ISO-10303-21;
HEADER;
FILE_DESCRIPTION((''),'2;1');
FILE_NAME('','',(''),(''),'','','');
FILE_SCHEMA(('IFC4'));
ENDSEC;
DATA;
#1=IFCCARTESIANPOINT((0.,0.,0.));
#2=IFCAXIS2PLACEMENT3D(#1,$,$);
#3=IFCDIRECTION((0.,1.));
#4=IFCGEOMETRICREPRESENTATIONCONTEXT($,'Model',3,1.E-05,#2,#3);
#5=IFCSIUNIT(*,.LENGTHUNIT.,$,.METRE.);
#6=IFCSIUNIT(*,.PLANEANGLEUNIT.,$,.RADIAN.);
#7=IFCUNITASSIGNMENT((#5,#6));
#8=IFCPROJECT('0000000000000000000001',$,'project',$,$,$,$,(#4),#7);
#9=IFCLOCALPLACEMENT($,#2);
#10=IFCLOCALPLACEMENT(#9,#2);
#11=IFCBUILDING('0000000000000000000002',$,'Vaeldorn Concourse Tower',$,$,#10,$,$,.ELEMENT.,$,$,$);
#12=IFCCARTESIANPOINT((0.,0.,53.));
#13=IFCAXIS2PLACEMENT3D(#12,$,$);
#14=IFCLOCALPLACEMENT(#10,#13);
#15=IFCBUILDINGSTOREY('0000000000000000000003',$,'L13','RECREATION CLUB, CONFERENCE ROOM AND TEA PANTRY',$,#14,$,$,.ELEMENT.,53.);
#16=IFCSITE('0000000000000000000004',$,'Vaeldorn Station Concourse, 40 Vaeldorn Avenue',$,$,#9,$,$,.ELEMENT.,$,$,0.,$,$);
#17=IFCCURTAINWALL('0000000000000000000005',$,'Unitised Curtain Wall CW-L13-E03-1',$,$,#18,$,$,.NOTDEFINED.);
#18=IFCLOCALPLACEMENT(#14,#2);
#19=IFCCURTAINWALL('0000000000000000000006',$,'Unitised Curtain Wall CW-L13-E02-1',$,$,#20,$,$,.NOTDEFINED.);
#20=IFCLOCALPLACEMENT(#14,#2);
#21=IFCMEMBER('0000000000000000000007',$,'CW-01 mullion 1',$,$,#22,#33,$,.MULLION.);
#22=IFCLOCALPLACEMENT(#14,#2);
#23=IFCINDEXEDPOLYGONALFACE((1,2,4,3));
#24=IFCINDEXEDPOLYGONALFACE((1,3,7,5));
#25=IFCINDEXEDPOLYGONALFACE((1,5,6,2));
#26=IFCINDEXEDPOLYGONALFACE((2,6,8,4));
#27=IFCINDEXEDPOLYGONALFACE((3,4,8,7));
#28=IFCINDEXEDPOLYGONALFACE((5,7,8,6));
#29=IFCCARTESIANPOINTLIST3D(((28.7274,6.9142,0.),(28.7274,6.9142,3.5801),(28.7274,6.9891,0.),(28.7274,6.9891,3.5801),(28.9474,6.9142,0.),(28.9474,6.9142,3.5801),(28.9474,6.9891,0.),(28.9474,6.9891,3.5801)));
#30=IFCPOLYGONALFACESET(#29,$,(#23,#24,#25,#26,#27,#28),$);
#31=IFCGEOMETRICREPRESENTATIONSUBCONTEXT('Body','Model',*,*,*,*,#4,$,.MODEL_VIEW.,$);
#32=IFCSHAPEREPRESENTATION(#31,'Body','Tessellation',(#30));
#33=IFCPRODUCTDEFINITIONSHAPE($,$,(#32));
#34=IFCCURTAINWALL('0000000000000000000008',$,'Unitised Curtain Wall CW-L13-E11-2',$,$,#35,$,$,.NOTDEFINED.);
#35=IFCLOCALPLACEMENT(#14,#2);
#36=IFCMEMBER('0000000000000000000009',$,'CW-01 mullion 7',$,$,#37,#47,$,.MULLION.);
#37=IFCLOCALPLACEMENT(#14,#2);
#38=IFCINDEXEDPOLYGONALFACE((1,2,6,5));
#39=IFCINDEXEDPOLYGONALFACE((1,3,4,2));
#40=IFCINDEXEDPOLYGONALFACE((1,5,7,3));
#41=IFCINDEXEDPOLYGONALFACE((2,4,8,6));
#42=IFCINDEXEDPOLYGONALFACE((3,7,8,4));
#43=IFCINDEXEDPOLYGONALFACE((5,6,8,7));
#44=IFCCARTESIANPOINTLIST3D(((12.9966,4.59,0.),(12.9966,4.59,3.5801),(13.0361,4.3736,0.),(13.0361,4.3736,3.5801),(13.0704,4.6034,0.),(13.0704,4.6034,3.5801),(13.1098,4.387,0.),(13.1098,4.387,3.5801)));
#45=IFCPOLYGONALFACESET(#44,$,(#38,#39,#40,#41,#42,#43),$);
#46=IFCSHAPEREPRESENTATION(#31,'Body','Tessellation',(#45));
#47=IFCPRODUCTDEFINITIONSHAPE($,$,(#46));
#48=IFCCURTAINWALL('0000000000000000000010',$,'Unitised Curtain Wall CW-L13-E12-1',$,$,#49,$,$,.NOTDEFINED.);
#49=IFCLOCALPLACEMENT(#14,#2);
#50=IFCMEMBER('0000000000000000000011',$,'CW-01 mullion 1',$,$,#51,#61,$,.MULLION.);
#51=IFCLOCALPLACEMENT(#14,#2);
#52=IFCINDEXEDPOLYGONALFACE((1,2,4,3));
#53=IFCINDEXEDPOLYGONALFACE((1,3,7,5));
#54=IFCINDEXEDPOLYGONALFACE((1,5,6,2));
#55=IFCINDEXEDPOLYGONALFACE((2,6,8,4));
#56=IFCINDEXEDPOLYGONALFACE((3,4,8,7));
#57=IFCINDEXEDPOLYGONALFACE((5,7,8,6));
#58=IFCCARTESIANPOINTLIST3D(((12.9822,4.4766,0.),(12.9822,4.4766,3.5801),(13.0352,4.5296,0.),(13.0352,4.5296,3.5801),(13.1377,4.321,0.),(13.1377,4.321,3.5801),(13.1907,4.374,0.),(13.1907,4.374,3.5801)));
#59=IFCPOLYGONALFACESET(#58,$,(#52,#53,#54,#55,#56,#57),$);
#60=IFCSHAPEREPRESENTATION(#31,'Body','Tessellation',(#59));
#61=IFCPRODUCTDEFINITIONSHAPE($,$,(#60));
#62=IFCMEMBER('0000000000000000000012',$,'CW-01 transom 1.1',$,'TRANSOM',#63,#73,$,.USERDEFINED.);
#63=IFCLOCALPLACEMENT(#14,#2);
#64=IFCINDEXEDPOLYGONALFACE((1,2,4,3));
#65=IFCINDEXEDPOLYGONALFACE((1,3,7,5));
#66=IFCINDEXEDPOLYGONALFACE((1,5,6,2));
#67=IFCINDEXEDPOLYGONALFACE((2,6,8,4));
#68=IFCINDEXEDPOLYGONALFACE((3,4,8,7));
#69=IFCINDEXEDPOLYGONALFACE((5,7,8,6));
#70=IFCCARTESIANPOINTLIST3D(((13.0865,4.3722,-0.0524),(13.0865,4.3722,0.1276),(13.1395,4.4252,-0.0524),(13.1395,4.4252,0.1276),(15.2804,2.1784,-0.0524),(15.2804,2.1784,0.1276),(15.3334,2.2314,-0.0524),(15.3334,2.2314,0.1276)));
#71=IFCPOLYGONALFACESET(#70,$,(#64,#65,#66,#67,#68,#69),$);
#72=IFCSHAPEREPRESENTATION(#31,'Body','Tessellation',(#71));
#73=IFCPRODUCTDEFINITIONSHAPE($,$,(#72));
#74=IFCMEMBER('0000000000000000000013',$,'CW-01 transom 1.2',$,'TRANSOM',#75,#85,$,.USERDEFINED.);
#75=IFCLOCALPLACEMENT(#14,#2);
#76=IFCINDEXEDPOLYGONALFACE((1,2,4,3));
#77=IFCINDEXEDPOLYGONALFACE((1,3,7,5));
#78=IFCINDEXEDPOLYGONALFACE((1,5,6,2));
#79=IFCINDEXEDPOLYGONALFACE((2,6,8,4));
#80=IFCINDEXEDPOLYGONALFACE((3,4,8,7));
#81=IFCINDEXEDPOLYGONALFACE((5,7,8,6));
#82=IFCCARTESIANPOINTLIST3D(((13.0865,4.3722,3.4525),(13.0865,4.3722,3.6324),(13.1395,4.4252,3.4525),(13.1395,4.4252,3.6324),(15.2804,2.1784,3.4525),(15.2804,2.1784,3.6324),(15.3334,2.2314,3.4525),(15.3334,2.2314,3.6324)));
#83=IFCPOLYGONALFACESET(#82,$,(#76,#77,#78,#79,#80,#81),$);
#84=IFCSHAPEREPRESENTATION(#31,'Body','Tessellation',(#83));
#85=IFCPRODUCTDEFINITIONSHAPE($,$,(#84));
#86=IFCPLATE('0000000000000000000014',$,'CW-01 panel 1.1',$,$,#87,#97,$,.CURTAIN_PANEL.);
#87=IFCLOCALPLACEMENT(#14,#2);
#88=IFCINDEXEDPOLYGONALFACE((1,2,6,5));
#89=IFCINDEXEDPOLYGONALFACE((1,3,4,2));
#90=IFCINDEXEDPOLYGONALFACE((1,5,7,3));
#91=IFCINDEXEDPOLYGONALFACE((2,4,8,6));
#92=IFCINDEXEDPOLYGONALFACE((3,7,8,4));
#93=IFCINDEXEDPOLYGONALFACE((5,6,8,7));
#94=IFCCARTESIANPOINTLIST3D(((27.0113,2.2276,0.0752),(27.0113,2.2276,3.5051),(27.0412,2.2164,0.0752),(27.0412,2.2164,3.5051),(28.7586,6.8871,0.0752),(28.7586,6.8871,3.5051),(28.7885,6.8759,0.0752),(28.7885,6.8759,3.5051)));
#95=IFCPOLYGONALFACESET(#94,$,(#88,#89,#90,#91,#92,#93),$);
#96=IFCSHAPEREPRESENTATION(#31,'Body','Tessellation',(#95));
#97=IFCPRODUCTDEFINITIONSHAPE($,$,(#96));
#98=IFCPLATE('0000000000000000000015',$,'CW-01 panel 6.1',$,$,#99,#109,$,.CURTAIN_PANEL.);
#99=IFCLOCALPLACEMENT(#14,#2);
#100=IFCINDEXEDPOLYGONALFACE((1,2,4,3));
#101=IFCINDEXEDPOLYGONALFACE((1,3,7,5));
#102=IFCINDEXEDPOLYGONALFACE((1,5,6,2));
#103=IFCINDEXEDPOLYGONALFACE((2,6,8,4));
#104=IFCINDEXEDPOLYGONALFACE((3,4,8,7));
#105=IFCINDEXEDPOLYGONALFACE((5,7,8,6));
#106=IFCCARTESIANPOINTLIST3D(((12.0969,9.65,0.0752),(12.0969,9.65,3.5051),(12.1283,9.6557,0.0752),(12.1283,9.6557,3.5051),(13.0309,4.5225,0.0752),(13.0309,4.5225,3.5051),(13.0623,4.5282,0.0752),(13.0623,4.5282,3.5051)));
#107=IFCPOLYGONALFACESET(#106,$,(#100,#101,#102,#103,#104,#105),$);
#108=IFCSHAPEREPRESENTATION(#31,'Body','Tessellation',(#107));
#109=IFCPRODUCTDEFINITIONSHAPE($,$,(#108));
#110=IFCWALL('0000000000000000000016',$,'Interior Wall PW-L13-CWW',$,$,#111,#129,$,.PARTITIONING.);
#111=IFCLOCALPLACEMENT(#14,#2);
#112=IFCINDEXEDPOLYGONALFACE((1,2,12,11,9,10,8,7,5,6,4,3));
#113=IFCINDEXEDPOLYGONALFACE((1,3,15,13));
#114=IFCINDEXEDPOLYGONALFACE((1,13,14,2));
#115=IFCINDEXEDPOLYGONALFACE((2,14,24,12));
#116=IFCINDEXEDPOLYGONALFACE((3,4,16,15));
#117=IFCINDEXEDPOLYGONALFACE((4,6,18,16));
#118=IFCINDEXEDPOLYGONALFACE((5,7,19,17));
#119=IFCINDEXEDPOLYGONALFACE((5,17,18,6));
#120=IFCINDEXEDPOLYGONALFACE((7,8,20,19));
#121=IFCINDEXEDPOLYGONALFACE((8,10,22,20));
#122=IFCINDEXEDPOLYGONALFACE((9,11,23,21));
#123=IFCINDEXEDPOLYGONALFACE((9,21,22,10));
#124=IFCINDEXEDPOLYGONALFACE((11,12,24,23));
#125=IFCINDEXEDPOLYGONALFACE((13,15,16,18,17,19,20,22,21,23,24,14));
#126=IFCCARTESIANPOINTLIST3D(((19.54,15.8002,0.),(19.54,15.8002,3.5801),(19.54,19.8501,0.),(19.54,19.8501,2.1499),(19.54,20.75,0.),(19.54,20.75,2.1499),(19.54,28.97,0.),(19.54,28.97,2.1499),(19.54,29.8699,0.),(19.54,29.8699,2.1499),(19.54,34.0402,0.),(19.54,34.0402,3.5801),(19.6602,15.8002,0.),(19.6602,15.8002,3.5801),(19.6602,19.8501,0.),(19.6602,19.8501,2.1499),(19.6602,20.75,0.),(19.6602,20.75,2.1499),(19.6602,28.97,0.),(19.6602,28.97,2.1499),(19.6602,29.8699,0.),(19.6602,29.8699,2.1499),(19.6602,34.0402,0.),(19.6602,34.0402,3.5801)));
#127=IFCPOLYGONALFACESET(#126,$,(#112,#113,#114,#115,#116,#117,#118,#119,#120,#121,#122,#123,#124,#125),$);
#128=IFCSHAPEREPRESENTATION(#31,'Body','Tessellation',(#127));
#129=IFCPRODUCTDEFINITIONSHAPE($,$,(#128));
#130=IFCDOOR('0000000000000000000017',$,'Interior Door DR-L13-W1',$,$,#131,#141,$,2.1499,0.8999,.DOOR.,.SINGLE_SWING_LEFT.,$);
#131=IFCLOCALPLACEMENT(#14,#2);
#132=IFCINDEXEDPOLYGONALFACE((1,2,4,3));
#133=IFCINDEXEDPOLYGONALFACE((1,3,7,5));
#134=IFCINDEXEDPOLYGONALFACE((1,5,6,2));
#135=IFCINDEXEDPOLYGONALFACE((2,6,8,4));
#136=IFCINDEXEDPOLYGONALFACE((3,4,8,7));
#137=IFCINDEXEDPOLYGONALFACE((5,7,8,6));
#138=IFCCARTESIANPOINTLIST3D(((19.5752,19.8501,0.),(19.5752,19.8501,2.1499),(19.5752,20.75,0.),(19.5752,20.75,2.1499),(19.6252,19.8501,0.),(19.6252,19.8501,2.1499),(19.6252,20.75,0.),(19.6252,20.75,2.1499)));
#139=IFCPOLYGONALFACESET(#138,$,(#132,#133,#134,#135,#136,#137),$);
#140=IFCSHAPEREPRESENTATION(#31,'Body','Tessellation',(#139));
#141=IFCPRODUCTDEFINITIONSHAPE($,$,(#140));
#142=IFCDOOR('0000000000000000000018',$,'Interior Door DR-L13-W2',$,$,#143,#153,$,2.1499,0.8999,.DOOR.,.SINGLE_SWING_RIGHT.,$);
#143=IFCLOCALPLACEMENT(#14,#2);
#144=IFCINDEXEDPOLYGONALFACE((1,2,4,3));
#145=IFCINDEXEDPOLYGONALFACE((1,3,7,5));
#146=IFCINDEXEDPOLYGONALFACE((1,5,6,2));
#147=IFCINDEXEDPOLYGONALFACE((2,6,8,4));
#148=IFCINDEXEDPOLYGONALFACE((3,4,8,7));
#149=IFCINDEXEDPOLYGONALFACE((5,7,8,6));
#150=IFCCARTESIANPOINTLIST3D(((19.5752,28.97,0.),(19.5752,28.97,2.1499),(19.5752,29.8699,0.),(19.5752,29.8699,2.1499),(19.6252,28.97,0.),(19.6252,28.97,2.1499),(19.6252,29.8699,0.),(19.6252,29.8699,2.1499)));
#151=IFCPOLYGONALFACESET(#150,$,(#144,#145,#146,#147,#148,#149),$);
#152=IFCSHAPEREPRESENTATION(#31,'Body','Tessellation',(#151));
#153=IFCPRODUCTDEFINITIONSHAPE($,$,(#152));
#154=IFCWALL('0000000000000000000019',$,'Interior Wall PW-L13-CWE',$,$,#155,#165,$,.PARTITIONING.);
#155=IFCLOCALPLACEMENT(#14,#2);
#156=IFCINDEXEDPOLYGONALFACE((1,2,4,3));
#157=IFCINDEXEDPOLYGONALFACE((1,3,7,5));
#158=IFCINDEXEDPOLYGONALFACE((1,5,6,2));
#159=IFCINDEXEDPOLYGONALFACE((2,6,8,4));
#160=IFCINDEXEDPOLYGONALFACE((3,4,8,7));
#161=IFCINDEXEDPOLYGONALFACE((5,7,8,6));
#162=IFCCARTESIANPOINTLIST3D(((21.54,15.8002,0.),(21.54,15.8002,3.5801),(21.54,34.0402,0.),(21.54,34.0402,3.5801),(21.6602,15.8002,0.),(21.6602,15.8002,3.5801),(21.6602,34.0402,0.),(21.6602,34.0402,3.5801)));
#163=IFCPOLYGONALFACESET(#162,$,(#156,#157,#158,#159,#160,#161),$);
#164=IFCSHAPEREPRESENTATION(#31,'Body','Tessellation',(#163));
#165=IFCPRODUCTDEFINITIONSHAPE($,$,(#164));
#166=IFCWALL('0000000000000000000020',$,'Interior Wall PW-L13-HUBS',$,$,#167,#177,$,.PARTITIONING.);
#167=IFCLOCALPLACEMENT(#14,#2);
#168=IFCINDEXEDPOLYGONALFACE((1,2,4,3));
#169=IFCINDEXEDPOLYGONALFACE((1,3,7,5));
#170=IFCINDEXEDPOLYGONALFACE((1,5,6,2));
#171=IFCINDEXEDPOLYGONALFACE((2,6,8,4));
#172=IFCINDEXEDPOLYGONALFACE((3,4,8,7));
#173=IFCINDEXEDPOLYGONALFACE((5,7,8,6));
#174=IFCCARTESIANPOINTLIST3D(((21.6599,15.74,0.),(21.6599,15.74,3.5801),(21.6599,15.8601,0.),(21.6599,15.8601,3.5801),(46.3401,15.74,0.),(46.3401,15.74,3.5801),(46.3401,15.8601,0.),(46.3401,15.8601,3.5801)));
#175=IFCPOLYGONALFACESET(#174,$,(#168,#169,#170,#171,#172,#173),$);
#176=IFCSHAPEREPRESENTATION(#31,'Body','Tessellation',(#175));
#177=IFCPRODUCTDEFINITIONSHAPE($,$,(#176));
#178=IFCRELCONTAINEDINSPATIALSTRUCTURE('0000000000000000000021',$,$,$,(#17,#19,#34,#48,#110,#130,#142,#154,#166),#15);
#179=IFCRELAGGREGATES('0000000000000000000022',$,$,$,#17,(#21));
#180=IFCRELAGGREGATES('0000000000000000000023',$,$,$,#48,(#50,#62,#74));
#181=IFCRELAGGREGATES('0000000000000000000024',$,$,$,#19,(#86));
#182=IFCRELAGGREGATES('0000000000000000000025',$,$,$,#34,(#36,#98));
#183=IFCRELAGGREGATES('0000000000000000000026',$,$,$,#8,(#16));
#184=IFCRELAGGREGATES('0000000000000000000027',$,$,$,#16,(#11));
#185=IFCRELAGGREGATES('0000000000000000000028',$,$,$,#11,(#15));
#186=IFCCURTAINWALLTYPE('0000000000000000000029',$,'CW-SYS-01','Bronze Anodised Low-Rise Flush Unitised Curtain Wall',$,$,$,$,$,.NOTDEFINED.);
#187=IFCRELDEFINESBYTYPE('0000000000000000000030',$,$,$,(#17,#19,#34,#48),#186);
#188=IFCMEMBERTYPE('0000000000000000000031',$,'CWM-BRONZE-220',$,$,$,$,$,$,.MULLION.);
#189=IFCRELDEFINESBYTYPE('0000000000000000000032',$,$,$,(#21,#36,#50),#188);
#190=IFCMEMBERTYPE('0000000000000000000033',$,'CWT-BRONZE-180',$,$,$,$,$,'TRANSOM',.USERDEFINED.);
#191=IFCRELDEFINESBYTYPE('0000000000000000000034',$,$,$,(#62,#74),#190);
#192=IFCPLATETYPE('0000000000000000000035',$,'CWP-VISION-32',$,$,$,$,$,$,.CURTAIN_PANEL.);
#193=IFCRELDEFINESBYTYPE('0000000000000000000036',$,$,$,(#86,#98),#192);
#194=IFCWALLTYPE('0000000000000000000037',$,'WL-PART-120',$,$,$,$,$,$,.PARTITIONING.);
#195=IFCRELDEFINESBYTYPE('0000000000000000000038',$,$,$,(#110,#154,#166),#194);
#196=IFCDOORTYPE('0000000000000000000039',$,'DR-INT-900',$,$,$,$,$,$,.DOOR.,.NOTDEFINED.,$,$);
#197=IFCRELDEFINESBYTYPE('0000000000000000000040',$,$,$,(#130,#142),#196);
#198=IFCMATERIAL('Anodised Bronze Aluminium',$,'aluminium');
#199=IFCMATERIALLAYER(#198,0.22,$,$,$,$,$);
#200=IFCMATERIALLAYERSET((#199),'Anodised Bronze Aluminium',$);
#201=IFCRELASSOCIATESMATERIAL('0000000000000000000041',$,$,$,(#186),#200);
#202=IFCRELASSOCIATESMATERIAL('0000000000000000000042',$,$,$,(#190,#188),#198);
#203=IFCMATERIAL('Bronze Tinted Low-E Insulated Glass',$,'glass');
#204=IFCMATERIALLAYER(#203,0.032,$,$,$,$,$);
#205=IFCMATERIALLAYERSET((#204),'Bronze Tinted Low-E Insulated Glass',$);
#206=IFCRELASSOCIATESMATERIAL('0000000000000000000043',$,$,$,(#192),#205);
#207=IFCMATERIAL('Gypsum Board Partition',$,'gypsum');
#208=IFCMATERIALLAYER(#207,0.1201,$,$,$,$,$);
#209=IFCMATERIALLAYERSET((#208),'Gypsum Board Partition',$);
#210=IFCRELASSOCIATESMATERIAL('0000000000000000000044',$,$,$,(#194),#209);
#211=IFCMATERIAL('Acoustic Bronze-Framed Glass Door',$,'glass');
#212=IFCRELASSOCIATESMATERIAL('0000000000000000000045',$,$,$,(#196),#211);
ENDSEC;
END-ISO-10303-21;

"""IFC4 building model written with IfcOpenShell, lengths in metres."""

from ifc_helpers import new_model, si_unit, direction, frame, frame_2d, origin, origin_2d, place, context, subcontext, project, spatial, rectangle, extrude, source, transform, mapped, material, layer, layer_set, material_profile, profile_set, type_object, element, fill, aggregate, save


model = new_model("IFC4")

# Units and contexts
model_context = context("Model", 3, precision=1e-05, world=origin(), true_north=direction((0.0, 1.0)))
body_context = subcontext(model_context, "Body", "Model", "MODEL_VIEW")
ifc_project = project(units=[si_unit("LENGTHUNIT", "METRE"), si_unit("PLANEANGLEUNIT", "RADIAN")], contexts=[model_context])

# Site, building, storey
site_placement = place(None, origin())
site = spatial("IfcSite", under=ifc_project, at=site_placement, Name="Vaeldorn Station Concourse, 40 Vaeldorn Avenue", CompositionType="ELEMENT", RefElevation=0.0)
building_placement = place(site_placement, origin())
building = spatial("IfcBuilding", under=site, at=building_placement, Name="Vaeldorn Concourse Tower", CompositionType="ELEMENT")
storey_placement = place(building_placement, frame((0.0, 0.0, 53.0)))
storey = spatial("IfcBuildingStorey", under=building, at=storey_placement, Name="L13", Description="RECREATION CLUB, CONFERENCE ROOM AND TEA PANTRY", CompositionType="ELEMENT", Elevation=53.0)

# Curtain wall
ifc_material_1 = material(Name="Anodised Bronze Aluminium", Category="aluminium")
ifc_layer_1 = layer(ifc_material_1, 0.22)
ifc_layer_set_1 = layer_set([ifc_layer_1], Name="Anodised Bronze Aluminium")
curtain_wall_type = type_object("IfcCurtainWallType", Name="CW-SYS-01", Description="Bronze Anodised Low-Rise Flush Unitised Curtain Wall", PredefinedType="NOTDEFINED", material=ifc_layer_set_1)
curtain_wall_1_placement = place(storey_placement, origin())
curtain_wall_1 = element("IfcCurtainWall", 1, at=curtain_wall_1_placement, inside=storey, type_object=curtain_wall_type, Name="Unitised Curtain Wall CW-L13-E03-1", PredefinedType="NOTDEFINED")
ifc_material_profile_1 = material_profile(ifc_material_1, rectangle(XDim=0.075, YDim=0.1799, at=origin_2d()), Name="CWT 75x180")
ifc_profile_set_1 = profile_set([ifc_material_profile_1], Name="Anodised Bronze Aluminium")
member_type_1 = type_object("IfcMemberType", Name="CWT-BRONZE-180", ElementType="TRANSOM", PredefinedType="USERDEFINED", material=ifc_profile_set_1)

# Curtain wall
curtain_wall_2_placement = place(storey_placement, origin())
curtain_wall_2 = element("IfcCurtainWall", 2, at=curtain_wall_2_placement, inside=storey, type_object=curtain_wall_type, Name="Unitised Curtain Wall CW-L13-E02-1", PredefinedType="NOTDEFINED")
ifc_material_profile_2 = material_profile(ifc_material_1, rectangle(XDim=0.075, YDim=0.22, at=origin_2d()), Name="CWM 75x220")
ifc_profile_set_2 = profile_set([ifc_material_profile_2], Name="Anodised Bronze Aluminium")
member_type_2 = type_object("IfcMemberType", Name="CWM-BRONZE-220", PredefinedType="MULLION", material=ifc_profile_set_2)
shared_shape_1 = source(origin(), body_context, "Body", "SweptSolid", [
    extrude(rectangle(XDim=0.075, YDim=0.22, at=origin_2d()), origin(), (0.0, 0.0, 1.0), 3.5801),
])

# Member
member_1_placement = place(storey_placement, frame((28.8374, 6.9517, 0.0), z_axis=(0.0, 0.0, 1.0), x_axis=(0.0, 1.0, 0.0)))
member_1 = element("IfcMember", 3, at=member_1_placement, type_object=member_type_2, Name="CW-01 mullion 1", PredefinedType="MULLION", context=body_context, shape_type="MappedRepresentation", body=[
    mapped(shared_shape_1, transform((0.0, 0.0, 0.0), scale=1.0)),
])
aggregate(curtain_wall_1, [member_1])

# Curtain wall, member
curtain_wall_3_placement = place(storey_placement, origin())
curtain_wall_3 = element("IfcCurtainWall", 4, at=curtain_wall_3_placement, inside=storey, type_object=curtain_wall_type, Name="Unitised Curtain Wall CW-L13-E11-2", PredefinedType="NOTDEFINED")
member_2_placement = place(storey_placement, frame((13.0532, 4.4885, 0.0), z_axis=(0.0, 0.0, 1.0), x_axis=(0.983812, 0.179206, 0.0)))
member_2 = element("IfcMember", 5, at=member_2_placement, type_object=member_type_2, Name="CW-01 mullion 7", PredefinedType="MULLION", context=body_context, shape_type="MappedRepresentation", body=[
    mapped(shared_shape_1, transform((0.0, 0.0, 0.0), scale=1.0)),
])

# Curtain wall, members
curtain_wall_4_placement = place(storey_placement, origin())
curtain_wall_4 = element("IfcCurtainWall", 6, at=curtain_wall_4_placement, inside=storey, type_object=curtain_wall_type, Name="Unitised Curtain Wall CW-L13-E12-1", PredefinedType="NOTDEFINED")
member_3_placement = place(storey_placement, frame((13.0864, 4.4253, 0.0), z_axis=(0.0, 0.0, 1.0), x_axis=(0.707107, 0.707107, 0.0)))
member_3 = element("IfcMember", 7, at=member_3_placement, type_object=member_type_2, Name="CW-01 mullion 1", PredefinedType="MULLION", context=body_context, shape_type="MappedRepresentation", body=[
    mapped(shared_shape_1, transform((0.0, 0.0, 0.0), scale=1.0)),
])
shared_shape_2 = source(origin(), body_context, "Body", "SweptSolid", [
    extrude(rectangle(XDim=0.075, YDim=0.1799, at=origin_2d()), origin(), (0.0, 0.0, 1.0), 3.1025),
])
member_4_placement = place(storey_placement, frame((13.113, 4.3987, 0.0376), z_axis=(0.707107, -0.707107, 0.0), x_axis=(0.707107, 0.707107, 0.0)))
member_4 = element("IfcMember", 8, at=member_4_placement, type_object=member_type_1, Name="CW-01 transom 1.1", ObjectType="TRANSOM", PredefinedType="USERDEFINED", context=body_context, shape_type="MappedRepresentation", body=[
    mapped(shared_shape_2, transform((0.0, 0.0, 0.0), scale=1.0)),
])
member_5_placement = place(storey_placement, frame((13.113, 4.3987, 3.5425), z_axis=(0.707107, -0.707107, 0.0), x_axis=(0.707107, 0.707107, 0.0)))
member_5 = element("IfcMember", 9, at=member_5_placement, type_object=member_type_1, Name="CW-01 transom 1.2", ObjectType="TRANSOM", PredefinedType="USERDEFINED", context=body_context, shape_type="MappedRepresentation", body=[
    mapped(shared_shape_2, transform((0.0, 0.0, 0.0), scale=1.0)),
])
aggregate(curtain_wall_4, [member_3, member_4, member_5])

# Plates
ifc_material_2 = material(Name="Bronze Tinted Low-E Insulated Glass", Category="glass")
ifc_layer_2 = layer(ifc_material_2, 0.032)
ifc_layer_set_2 = layer_set([ifc_layer_2], Name="Bronze Tinted Low-E Insulated Glass")
plate_type = type_object("IfcPlateType", Name="CWP-VISION-32", PredefinedType="CURTAIN_PANEL", material=ifc_layer_set_2)
shared_shape_3 = source(origin(), body_context, "Body", "SweptSolid", [
    extrude(rectangle(XDim=4.9763, YDim=0.032, at=origin_2d()), origin(), (0.0, 0.0, 1.0), 3.4299),
])
plate_1_placement = place(storey_placement, frame((27.8999, 4.5518, 0.0752), z_axis=(0.0, 0.0, 1.0), x_axis=(0.351123, 0.936329, 0.0)))
plate_1 = element("IfcPlate", 10, at=plate_1_placement, type_object=plate_type, Name="CW-01 panel 1.1", PredefinedType="CURTAIN_PANEL", context=body_context, shape_type="MappedRepresentation", body=[
    mapped(shared_shape_3, transform((0.0, 0.0, 0.0), scale=1.0)),
])
aggregate(curtain_wall_2, [plate_1])
shared_shape_4 = source(origin(), body_context, "Body", "SweptSolid", [
    extrude(rectangle(XDim=5.2119, YDim=0.032, at=origin_2d()), origin(), (0.0, 0.0, 1.0), 3.4299),
])
plate_2_placement = place(storey_placement, frame((12.5796, 7.0891, 0.0752), z_axis=(0.0, 0.0, 1.0), x_axis=(0.179206, -0.983812, 0.0)))
plate_2 = element("IfcPlate", 11, at=plate_2_placement, type_object=plate_type, Name="CW-01 panel 6.1", PredefinedType="CURTAIN_PANEL", context=body_context, shape_type="MappedRepresentation", body=[
    mapped(shared_shape_4, transform((0.0, 0.0, 0.0), scale=1.0)),
])
aggregate(curtain_wall_3, [member_2, plate_2])

# Wall, openings, doors
ifc_material_3 = material(Name="Gypsum Board Partition", Category="gypsum")
ifc_layer_3 = layer(ifc_material_3, 0.1201)
ifc_layer_set_3 = layer_set([ifc_layer_3], Name="Gypsum Board Partition")
wall_type = type_object("IfcWallType", Name="WL-PART-120", PredefinedType="PARTITIONING", material=ifc_layer_set_3)
wall_1_placement = place(storey_placement, frame((19.6001, 15.8, 0.0), z_axis=(0.0, 0.0, 1.0), x_axis=(0.0, 1.0, 0.0)))
wall_1 = element("IfcWall", 12, at=wall_1_placement, inside=storey, type_object=wall_type, Name="Interior Wall PW-L13-CWW", PredefinedType="PARTITIONING", context=body_context, shape_type="SweptSolid", body=[
    extrude(rectangle(XDim=18.24, YDim=0.1201, at=frame_2d((9.1201, 0.0))), origin(), (0.0, 0.0, 1.0), 3.5801),
])
opening_1_placement = place(wall_1_placement, frame((4.05, 0.0, 0.0)))
opening_1 = element("IfcOpeningElement", 13, at=opening_1_placement, cuts=wall_1, PredefinedType="OPENING", context=body_context, shape_type="SweptSolid", body=[
    extrude(rectangle(XDim=0.8999, YDim=2.1499, at=frame_2d((0.45, 1.075))), frame((0.0, 0.0701, 0.0), z_axis=(0.0, -1.0, 0.0), x_axis=(1.0, 0.0, 0.0)), (0.0, 0.0, 1.0), 0.1401),
])
opening_2_placement = place(wall_1_placement, frame((13.1699, 0.0, 0.0)))
opening_2 = element("IfcOpeningElement", 14, at=opening_2_placement, cuts=wall_1, PredefinedType="OPENING", context=body_context, shape_type="SweptSolid", body=[
    extrude(rectangle(XDim=0.8999, YDim=2.1499, at=frame_2d((0.45, 1.075))), frame((0.0, 0.0701, 0.0), z_axis=(0.0, -1.0, 0.0), x_axis=(1.0, 0.0, 0.0)), (0.0, 0.0, 1.0), 0.1401),
])
ifc_material_4 = material(Name="Acoustic Bronze-Framed Glass Door", Category="glass")
door_type = type_object("IfcDoorType", Name="DR-INT-900", OperationType="NOTDEFINED", PredefinedType="DOOR", material=ifc_material_4)
shared_shape_5 = source(origin(), body_context, "Body", "SweptSolid", [
    extrude(rectangle(XDim=0.8999, YDim=2.1499, at=frame_2d((0.45, 1.075))), frame((0.0, 0.0249, 0.0), z_axis=(0.0, -1.0, 0.0), x_axis=(1.0, 0.0, 0.0)), (0.0, 0.0, 1.0), 0.05),
])
door_1_placement = place(opening_1_placement, origin())
door_1 = element("IfcDoor", 15, at=door_1_placement, inside=storey, type_object=door_type, Name="Interior Door DR-L13-W1", OperationType="SINGLE_SWING_LEFT", OverallHeight=2.1499, OverallWidth=0.8999, PredefinedType="DOOR", context=body_context, shape_type="MappedRepresentation", body=[
    mapped(shared_shape_5, transform((0.0, 0.0, 0.0), scale=1.0)),
])
fill(opening_1, door_1)
door_2_placement = place(opening_2_placement, origin())
door_2 = element("IfcDoor", 16, at=door_2_placement, inside=storey, type_object=door_type, Name="Interior Door DR-L13-W2", OperationType="SINGLE_SWING_RIGHT", OverallHeight=2.1499, OverallWidth=0.8999, PredefinedType="DOOR", context=body_context, shape_type="MappedRepresentation", body=[
    mapped(shared_shape_5, transform((0.0, 0.0, 0.0), scale=1.0)),
])
fill(opening_2, door_2)

# Wall
wall_2_placement = place(storey_placement, frame((21.6001, 15.8, 0.0), z_axis=(0.0, 0.0, 1.0), x_axis=(0.0, 1.0, 0.0)))
element("IfcWall", 17, at=wall_2_placement, inside=storey, type_object=wall_type, Name="Interior Wall PW-L13-CWE", PredefinedType="PARTITIONING", context=body_context, shape_type="SweptSolid", body=[
    extrude(rectangle(XDim=18.24, YDim=0.1201, at=frame_2d((9.1201, 0.0))), origin(), (0.0, 0.0, 1.0), 3.5801),
])

# Wall
wall_3_placement = place(storey_placement, frame((21.6599, 15.8, 0.0), z_axis=(0.0, 0.0, 1.0), x_axis=(1.0, 0.0, 0.0)))
element("IfcWall", 18, at=wall_3_placement, inside=storey, type_object=wall_type, Name="Interior Wall PW-L13-HUBS", PredefinedType="PARTITIONING", context=body_context, shape_type="SweptSolid", body=[
    extrude(rectangle(XDim=24.6802, YDim=0.1201, at=frame_2d((12.3401, 0.0))), origin(), (0.0, 0.0, 1.0), 3.5801),
])

save(model, "model.ifc")
